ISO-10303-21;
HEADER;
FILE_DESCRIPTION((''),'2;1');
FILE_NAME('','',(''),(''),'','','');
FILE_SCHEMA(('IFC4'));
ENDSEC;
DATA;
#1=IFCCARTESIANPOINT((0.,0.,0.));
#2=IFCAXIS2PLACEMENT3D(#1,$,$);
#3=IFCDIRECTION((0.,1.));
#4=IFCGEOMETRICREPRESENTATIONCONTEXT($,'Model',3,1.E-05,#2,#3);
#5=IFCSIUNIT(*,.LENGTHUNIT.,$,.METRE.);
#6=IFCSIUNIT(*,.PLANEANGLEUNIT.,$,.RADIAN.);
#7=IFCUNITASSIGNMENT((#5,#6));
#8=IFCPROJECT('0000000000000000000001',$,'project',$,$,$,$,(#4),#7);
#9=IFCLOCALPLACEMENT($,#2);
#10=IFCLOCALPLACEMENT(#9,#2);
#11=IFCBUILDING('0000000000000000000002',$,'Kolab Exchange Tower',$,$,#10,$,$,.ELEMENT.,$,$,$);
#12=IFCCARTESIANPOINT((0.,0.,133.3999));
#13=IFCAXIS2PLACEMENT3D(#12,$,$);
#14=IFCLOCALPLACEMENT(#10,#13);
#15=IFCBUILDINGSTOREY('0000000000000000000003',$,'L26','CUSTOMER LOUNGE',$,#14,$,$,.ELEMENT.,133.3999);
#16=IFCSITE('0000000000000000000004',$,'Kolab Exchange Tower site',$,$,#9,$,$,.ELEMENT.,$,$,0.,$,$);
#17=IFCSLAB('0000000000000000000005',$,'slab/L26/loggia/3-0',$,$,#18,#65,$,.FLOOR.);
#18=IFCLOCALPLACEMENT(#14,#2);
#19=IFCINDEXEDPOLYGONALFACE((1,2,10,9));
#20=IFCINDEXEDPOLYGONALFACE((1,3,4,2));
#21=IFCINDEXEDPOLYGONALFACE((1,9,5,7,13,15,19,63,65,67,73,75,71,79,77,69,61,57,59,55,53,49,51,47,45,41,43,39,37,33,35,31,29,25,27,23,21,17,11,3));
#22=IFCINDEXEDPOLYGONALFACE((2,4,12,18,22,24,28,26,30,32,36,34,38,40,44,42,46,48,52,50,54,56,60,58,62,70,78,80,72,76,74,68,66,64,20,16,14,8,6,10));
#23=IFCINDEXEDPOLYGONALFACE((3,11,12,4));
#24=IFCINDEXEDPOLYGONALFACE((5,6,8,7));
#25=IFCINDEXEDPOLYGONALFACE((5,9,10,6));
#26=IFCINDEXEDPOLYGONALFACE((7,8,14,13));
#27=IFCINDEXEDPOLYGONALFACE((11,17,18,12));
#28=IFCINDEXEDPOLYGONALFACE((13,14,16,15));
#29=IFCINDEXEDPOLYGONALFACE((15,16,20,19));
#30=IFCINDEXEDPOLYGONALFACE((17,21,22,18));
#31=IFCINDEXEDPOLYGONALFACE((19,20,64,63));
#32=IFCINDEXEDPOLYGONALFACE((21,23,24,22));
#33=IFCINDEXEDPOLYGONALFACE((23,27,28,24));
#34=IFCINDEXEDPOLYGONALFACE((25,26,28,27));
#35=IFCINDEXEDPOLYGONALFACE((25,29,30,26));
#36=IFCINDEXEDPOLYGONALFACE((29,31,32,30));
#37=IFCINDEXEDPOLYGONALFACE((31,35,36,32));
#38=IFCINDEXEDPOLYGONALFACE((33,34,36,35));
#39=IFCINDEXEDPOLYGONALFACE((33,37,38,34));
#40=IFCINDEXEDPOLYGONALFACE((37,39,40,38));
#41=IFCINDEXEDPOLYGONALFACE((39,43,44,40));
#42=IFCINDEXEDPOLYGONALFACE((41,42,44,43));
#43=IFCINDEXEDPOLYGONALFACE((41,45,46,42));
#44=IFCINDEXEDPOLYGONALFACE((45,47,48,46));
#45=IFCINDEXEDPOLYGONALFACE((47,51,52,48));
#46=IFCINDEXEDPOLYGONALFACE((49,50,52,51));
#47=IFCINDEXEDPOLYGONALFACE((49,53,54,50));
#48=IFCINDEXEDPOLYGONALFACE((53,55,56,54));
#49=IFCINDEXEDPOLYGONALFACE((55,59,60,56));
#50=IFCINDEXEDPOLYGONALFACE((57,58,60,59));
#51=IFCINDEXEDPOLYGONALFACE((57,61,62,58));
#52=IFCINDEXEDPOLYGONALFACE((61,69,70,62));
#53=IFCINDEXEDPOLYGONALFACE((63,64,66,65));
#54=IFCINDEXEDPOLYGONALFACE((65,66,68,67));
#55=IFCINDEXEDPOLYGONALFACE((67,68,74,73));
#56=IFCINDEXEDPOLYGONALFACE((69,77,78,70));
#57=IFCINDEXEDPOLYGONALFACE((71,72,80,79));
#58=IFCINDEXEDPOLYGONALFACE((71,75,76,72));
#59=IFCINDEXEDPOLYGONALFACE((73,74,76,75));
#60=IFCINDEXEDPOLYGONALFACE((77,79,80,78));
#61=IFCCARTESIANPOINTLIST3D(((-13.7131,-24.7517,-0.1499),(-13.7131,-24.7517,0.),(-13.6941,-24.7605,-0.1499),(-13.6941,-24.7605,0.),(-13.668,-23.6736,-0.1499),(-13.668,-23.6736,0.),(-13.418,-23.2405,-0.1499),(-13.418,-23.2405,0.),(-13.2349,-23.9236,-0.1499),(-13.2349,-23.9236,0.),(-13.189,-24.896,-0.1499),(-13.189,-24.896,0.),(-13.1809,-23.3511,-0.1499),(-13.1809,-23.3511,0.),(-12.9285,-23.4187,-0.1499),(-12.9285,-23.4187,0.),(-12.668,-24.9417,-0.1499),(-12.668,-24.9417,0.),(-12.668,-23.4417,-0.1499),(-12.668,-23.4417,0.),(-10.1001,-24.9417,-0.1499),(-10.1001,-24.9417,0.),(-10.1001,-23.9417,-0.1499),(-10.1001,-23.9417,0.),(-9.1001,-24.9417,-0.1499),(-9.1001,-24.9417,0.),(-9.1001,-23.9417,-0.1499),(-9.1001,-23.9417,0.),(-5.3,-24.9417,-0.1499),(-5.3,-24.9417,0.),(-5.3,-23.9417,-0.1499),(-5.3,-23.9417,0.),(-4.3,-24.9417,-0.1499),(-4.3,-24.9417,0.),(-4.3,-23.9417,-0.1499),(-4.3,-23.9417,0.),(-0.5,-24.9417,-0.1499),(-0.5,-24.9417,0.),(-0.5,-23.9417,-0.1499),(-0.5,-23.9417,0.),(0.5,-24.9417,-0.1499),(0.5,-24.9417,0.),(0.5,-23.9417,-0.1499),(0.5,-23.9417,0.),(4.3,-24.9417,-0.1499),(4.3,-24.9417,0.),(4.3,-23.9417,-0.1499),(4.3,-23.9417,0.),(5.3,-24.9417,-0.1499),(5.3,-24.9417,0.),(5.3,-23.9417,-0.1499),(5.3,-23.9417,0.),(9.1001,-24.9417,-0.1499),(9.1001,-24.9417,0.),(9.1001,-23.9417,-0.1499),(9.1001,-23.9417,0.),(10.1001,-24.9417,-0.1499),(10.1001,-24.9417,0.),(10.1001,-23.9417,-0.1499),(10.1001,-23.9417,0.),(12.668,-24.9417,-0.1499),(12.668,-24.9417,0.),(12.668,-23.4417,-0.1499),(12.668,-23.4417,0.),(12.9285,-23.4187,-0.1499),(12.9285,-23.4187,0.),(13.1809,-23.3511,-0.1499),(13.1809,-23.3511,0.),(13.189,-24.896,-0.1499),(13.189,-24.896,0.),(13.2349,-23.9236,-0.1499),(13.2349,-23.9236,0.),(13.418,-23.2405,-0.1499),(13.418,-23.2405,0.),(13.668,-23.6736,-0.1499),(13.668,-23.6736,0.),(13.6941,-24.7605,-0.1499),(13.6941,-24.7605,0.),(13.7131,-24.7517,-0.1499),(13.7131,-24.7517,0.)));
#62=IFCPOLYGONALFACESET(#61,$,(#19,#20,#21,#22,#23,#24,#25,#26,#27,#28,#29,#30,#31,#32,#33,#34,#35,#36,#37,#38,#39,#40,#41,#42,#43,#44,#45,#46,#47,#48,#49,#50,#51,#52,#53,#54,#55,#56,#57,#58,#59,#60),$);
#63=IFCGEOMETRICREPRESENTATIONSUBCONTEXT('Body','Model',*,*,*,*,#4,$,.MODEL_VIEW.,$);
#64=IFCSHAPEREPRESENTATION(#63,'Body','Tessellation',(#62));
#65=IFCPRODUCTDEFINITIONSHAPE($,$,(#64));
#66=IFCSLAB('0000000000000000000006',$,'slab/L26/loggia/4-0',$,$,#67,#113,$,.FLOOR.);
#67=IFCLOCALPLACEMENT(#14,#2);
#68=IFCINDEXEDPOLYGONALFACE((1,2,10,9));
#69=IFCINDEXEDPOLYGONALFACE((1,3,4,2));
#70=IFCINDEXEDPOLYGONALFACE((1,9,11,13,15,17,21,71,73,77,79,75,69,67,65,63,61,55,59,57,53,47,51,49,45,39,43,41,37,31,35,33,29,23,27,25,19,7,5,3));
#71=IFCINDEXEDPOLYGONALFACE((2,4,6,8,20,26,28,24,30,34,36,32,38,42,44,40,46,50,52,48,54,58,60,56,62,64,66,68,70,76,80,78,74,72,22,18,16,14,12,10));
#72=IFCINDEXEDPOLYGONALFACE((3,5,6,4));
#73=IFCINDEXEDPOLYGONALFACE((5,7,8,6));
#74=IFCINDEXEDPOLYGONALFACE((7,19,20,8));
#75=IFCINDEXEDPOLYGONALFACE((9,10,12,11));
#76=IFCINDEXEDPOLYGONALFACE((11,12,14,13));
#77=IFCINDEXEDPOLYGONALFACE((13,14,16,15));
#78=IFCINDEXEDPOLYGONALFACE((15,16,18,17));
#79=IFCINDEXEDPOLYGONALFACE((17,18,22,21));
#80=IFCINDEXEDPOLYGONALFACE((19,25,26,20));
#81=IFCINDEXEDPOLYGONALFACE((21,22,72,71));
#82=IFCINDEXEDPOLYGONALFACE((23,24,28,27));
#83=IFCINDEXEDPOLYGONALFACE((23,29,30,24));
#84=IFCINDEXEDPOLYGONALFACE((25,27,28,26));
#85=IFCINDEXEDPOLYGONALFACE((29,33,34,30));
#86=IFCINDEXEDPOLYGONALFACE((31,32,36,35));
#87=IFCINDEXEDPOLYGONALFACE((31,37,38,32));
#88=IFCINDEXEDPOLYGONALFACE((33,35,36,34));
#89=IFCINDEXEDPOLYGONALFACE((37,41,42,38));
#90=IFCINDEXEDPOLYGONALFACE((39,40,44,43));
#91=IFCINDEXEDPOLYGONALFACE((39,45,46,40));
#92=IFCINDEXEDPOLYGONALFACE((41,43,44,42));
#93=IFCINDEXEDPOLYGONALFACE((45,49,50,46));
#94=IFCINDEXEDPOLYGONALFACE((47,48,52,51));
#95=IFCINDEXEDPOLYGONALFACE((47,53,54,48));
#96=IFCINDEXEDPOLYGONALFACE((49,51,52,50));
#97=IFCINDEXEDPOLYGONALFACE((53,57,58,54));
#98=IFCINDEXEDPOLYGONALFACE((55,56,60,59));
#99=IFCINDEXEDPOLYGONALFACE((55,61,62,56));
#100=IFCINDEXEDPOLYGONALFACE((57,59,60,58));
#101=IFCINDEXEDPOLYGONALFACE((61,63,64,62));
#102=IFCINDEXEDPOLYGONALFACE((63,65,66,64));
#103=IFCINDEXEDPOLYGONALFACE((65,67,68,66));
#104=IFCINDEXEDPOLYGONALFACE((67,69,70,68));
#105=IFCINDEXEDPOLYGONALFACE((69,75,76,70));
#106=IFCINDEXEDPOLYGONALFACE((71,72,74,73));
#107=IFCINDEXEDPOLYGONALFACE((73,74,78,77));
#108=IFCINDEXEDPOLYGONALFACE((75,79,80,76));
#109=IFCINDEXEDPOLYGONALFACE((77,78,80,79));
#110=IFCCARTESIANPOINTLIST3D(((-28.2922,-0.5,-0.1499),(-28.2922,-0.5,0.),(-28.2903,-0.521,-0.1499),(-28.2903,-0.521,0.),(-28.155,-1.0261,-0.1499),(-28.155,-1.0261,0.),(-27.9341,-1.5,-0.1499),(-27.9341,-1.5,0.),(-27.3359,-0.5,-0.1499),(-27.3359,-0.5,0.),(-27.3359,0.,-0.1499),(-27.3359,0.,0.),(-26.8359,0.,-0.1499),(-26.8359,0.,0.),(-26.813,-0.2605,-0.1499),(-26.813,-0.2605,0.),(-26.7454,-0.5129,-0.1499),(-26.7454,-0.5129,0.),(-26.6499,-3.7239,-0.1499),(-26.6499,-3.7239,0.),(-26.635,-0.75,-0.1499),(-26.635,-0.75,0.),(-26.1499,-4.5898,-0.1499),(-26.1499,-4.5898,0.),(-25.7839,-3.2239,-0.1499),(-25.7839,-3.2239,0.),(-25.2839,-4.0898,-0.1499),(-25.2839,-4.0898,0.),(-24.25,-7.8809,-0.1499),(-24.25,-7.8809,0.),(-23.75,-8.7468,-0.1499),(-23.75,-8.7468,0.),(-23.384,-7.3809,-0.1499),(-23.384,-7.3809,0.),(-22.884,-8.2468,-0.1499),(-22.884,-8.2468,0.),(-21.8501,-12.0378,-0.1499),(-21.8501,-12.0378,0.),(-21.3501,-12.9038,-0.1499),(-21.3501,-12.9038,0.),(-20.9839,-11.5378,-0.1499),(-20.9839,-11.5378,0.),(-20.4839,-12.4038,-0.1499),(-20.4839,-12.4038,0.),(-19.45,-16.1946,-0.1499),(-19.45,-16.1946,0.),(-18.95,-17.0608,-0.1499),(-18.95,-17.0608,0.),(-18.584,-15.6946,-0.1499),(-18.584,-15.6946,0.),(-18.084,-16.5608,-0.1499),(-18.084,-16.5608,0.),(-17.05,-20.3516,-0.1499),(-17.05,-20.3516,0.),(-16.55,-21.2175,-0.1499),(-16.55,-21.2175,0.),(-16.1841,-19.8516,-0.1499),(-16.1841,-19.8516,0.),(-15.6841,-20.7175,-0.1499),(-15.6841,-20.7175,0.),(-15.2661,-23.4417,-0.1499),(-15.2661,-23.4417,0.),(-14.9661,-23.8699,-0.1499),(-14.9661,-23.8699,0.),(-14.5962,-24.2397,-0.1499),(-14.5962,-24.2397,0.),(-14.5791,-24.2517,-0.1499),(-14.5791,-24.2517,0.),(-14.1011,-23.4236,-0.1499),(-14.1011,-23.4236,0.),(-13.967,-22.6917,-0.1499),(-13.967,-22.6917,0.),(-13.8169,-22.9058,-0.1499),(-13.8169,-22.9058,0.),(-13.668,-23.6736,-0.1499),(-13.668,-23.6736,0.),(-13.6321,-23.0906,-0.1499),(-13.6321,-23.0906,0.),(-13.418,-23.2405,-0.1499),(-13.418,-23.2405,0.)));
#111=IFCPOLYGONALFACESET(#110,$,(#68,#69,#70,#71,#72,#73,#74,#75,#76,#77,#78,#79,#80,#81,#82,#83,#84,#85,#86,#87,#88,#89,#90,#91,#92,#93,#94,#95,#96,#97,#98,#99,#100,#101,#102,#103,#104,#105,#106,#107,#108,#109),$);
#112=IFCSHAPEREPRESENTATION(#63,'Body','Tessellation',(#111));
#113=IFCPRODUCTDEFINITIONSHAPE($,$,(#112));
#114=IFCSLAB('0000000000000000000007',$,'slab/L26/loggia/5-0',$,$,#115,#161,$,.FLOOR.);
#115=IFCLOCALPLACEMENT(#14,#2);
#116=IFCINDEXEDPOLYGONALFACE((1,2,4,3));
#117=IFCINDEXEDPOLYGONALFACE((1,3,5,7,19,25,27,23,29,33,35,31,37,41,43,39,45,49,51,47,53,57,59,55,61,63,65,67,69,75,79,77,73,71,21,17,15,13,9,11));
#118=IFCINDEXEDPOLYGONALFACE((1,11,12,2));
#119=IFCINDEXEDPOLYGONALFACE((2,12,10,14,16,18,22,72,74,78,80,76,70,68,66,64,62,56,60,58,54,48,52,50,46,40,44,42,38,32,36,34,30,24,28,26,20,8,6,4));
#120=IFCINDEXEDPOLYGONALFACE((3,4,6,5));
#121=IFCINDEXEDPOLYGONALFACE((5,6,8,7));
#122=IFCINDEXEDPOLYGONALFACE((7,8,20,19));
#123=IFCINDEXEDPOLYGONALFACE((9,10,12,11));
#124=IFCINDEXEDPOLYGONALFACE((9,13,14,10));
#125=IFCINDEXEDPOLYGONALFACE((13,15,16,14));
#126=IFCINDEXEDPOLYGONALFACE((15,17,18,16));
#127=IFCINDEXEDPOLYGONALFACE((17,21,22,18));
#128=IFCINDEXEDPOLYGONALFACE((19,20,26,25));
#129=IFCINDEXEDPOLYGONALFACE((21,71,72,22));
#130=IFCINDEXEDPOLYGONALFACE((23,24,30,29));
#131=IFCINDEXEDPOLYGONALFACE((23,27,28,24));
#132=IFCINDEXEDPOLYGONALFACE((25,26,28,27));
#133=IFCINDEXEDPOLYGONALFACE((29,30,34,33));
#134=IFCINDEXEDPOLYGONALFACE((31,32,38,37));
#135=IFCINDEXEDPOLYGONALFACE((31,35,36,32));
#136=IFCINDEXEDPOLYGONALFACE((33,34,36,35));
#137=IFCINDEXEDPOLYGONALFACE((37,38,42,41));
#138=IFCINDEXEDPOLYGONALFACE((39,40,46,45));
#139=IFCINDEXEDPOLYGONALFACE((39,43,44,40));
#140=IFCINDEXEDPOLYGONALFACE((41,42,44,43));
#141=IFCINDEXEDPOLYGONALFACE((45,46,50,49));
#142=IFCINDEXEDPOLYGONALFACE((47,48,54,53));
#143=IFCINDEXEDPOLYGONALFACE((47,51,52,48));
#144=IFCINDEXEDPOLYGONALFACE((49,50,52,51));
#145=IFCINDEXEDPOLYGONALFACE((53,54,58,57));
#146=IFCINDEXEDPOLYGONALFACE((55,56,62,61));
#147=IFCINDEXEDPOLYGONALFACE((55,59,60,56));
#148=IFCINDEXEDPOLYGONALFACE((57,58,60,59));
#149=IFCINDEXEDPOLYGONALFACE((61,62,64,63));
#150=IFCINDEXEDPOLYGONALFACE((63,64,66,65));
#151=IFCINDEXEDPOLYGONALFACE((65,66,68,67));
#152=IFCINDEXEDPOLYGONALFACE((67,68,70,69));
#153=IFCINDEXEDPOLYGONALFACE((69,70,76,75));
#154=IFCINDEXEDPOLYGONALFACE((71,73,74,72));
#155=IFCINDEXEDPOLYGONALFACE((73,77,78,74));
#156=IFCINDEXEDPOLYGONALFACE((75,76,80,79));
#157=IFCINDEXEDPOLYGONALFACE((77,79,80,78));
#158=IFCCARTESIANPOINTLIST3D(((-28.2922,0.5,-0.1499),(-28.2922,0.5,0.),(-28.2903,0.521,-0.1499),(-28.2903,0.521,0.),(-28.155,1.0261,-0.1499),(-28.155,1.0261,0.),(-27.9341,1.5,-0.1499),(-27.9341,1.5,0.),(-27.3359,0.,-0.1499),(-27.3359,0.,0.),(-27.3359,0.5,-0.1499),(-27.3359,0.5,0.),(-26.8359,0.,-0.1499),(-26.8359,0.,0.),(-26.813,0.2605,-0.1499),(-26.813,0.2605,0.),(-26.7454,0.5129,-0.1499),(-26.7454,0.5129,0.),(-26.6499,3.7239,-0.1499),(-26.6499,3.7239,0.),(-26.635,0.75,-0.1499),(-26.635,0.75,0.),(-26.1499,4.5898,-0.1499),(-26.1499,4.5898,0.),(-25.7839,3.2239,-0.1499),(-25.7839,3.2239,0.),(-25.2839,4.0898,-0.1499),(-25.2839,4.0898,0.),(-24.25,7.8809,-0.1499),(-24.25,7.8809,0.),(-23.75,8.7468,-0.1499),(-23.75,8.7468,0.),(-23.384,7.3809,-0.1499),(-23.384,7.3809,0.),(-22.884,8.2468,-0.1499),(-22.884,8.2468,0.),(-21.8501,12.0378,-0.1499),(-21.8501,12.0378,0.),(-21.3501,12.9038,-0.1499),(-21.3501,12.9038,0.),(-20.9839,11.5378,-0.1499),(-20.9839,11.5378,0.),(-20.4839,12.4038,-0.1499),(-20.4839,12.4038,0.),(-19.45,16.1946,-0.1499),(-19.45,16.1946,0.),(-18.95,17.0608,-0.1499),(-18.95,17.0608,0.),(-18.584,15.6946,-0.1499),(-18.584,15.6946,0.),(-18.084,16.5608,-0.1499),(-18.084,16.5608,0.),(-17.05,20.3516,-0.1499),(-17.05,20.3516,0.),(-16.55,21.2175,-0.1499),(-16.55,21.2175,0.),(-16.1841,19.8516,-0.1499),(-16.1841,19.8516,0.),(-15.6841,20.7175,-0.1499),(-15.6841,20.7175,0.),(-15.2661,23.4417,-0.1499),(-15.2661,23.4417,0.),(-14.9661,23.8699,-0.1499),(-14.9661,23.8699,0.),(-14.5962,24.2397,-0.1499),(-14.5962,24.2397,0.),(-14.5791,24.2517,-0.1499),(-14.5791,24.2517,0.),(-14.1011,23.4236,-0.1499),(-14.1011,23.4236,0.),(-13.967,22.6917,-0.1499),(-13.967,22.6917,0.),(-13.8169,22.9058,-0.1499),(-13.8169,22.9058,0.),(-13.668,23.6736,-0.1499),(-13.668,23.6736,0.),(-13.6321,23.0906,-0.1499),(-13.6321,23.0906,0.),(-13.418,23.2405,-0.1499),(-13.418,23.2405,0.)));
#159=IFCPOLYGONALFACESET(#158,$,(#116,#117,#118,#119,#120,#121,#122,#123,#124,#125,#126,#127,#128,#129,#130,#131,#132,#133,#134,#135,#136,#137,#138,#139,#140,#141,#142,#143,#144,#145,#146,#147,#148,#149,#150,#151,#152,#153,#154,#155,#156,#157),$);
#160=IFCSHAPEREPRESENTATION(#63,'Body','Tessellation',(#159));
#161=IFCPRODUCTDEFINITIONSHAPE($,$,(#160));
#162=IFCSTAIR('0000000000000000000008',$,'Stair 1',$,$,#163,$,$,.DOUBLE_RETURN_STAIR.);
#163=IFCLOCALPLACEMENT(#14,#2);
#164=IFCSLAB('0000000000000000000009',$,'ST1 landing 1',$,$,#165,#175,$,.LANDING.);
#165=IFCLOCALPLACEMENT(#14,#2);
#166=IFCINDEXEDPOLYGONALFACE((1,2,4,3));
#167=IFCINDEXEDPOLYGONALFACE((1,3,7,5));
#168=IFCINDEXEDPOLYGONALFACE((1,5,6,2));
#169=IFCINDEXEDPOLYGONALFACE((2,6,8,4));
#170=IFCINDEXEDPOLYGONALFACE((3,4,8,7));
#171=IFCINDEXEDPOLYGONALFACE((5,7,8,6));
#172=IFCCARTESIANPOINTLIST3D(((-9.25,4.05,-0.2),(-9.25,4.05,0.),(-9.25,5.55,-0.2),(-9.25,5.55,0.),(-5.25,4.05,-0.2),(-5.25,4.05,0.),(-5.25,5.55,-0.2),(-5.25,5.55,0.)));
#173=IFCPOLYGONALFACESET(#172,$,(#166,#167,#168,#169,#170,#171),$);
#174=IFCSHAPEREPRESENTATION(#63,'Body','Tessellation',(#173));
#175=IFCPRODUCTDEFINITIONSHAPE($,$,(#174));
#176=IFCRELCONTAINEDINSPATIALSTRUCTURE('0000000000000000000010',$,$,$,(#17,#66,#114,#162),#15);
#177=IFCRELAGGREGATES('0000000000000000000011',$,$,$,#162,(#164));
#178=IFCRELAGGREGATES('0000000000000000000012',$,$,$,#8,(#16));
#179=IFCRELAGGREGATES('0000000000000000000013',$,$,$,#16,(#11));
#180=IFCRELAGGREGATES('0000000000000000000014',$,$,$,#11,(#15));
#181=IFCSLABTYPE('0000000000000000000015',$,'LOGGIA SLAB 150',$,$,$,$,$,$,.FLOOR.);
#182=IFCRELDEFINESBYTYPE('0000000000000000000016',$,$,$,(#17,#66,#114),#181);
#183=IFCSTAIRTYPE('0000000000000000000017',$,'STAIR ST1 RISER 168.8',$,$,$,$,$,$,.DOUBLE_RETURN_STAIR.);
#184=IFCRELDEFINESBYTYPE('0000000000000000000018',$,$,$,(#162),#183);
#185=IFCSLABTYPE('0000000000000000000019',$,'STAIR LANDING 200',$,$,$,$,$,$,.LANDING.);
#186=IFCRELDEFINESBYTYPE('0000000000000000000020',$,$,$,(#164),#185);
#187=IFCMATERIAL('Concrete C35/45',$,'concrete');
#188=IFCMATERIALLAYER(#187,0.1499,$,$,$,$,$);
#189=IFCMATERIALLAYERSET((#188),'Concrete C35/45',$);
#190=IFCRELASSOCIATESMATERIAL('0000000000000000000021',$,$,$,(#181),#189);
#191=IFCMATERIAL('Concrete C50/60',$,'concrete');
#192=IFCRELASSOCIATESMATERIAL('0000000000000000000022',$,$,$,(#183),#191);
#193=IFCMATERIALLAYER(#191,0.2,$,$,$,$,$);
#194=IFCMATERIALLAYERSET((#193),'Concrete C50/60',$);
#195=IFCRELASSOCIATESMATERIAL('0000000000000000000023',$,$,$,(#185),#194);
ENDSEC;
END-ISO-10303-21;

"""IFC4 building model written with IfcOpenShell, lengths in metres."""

from ifc_helpers import new_model, si_unit, direction, frame, origin, place, context, subcontext, project, spatial, polyline, outline, extrude, material, layer, layer_set, type_object, element, aggregate, save


model = new_model("IFC4")

# Units and contexts
model_context = context("Model", 3, precision=1e-05, world=origin(), true_north=direction((0.0, 1.0)))
body_context = subcontext(model_context, "Body", "Model", "MODEL_VIEW")
ifc_project = project(units=[si_unit("LENGTHUNIT", "METRE"), si_unit("PLANEANGLEUNIT", "RADIAN")], contexts=[model_context])

# Site, building, storey
site_placement = place(None, origin())
site = spatial("IfcSite", under=ifc_project, at=site_placement, Name="Kolab Exchange Tower site", CompositionType="ELEMENT", RefElevation=0.0)
building_placement = place(site_placement, origin())
building = spatial("IfcBuilding", under=site, at=building_placement, Name="Kolab Exchange Tower", CompositionType="ELEMENT")
storey_placement = place(building_placement, frame((0.0, 0.0, 133.3999)))
storey = spatial("IfcBuildingStorey", under=building, at=storey_placement, Name="L26", Description="CUSTOMER LOUNGE", CompositionType="ELEMENT", Elevation=133.3999)

# Slabs
ifc_material_1 = material(Name="Concrete C35/45", Category="concrete")
ifc_layer_1 = layer(ifc_material_1, 0.1499)
ifc_layer_set_1 = layer_set([ifc_layer_1], Name="Concrete C35/45")
slab_type_1 = type_object("IfcSlabType", Name="LOGGIA SLAB 150", PredefinedType="FLOOR", material=ifc_layer_set_1)
slab_1_placement = place(storey_placement, frame((0.0, 0.0, -0.1499)))
element("IfcSlab", 1, at=slab_1_placement, inside=storey, type_object=slab_type_1, Name="slab/L26/loggia/3-0", PredefinedType="FLOOR", context=body_context, shape_type="SweptSolid", body=[
    extrude(outline(polyline([(-13.418, -23.2405), (-13.668, -23.6736), (-13.2349, -23.9236), (-13.7131, -24.7517), (-13.6941, -24.7605), (-13.189, -24.896), (-12.668, -24.9417), (-10.1001, -24.9417), (-10.1001, -23.9417), (-9.1001, -23.9417), (-9.1001, -24.9417), (-5.3, -24.9417), (-5.3, -23.9417), (-4.3, -23.9417), (-4.3, -24.9417), (-0.5, -24.9417), (-0.5, -23.9417), (0.5, -23.9417), (0.5, -24.9417), (4.3, -24.9417), (4.3, -23.9417), (5.3, -23.9417), (5.3, -24.9417), (9.1001, -24.9417), (9.1001, -23.9417), (10.1001, -23.9417), (10.1001, -24.9417), (12.668, -24.9417), (13.189, -24.896), (13.6941, -24.7605), (13.7131, -24.7517), (13.2349, -23.9236), (13.668, -23.6736), (13.418, -23.2405), (13.1809, -23.3511), (12.9285, -23.4187), (12.668, -23.4417), (-12.668, -23.4417), (-12.9285, -23.4187), (-13.1809, -23.3511), (-13.418, -23.2405)])), origin(), (0.0, 0.0, 1.0), 0.1499),
])
slab_2_placement = place(storey_placement, frame((0.0, 0.0, -0.1499)))
element("IfcSlab", 2, at=slab_2_placement, inside=storey, type_object=slab_type_1, Name="slab/L26/loggia/4-0", PredefinedType="FLOOR", context=body_context, shape_type="SweptSolid", body=[
    extrude(outline(polyline([(-26.8359, 0.0), (-27.3359, 0.0), (-27.3359, -0.5), (-28.2922, -0.5), (-28.2903, -0.521), (-28.155, -1.0261), (-27.9341, -1.5), (-26.6499, -3.7239), (-25.7839, -3.2239), (-25.2839, -4.0898), (-26.1499, -4.5898), (-24.25, -7.8809), (-23.384, -7.3809), (-22.884, -8.2468), (-23.75, -8.7468), (-21.8501, -12.0378), (-20.9839, -11.5378), (-20.4839, -12.4038), (-21.3501, -12.9038), (-19.45, -16.1946), (-18.584, -15.6946), (-18.084, -16.5608), (-18.95, -17.0608), (-17.05, -20.3516), (-16.1841, -19.8516), (-15.6841, -20.7175), (-16.55, -21.2175), (-15.2661, -23.4417), (-14.9661, -23.8699), (-14.5962, -24.2397), (-14.5791, -24.2517), (-14.1011, -23.4236), (-13.668, -23.6736), (-13.418, -23.2405), (-13.6321, -23.0906), (-13.8169, -22.9058), (-13.967, -22.6917), (-26.635, -0.75), (-26.7454, -0.5129), (-26.813, -0.2605), (-26.8359, 0.0)])), origin(), (0.0, 0.0, 1.0), 0.1499),
])
slab_3_placement = place(storey_placement, frame((0.0, 0.0, -0.1499)))
element("IfcSlab", 3, at=slab_3_placement, inside=storey, type_object=slab_type_1, Name="slab/L26/loggia/5-0", PredefinedType="FLOOR", context=body_context, shape_type="SweptSolid", body=[
    extrude(outline(polyline([(-13.418, 23.2405), (-13.668, 23.6736), (-14.1011, 23.4236), (-14.5791, 24.2517), (-14.5962, 24.2397), (-14.9661, 23.8699), (-15.2661, 23.4417), (-16.55, 21.2175), (-15.6841, 20.7175), (-16.1841, 19.8516), (-17.05, 20.3516), (-18.95, 17.0608), (-18.084, 16.5608), (-18.584, 15.6946), (-19.45, 16.1946), (-21.3501, 12.9038), (-20.4839, 12.4038), (-20.9839, 11.5378), (-21.8501, 12.0378), (-23.75, 8.7468), (-22.884, 8.2468), (-23.384, 7.3809), (-24.25, 7.8809), (-26.1499, 4.5898), (-25.2839, 4.0898), (-25.7839, 3.2239), (-26.6499, 3.7239), (-27.9341, 1.5), (-28.155, 1.0261), (-28.2903, 0.521), (-28.2922, 0.5), (-27.3359, 0.5), (-27.3359, 0.0), (-26.8359, 0.0), (-26.813, 0.2605), (-26.7454, 0.5129), (-26.635, 0.75), (-13.967, 22.6917), (-13.8169, 22.9058), (-13.6321, 23.0906), (-13.418, 23.2405)])), origin(), (0.0, 0.0, 1.0), 0.1499),
])

# Stair, slab
ifc_material_2 = material(Name="Concrete C50/60", Category="concrete")
stair_type_1 = type_object("IfcStairType", Name="STAIR ST1 RISER 168.8", PredefinedType="DOUBLE_RETURN_STAIR", material=ifc_material_2)
stair_1_placement = place(storey_placement, origin())
stair_1 = element("IfcStair", 4, at=stair_1_placement, inside=storey, type_object=stair_type_1, Name="Stair 1", PredefinedType="DOUBLE_RETURN_STAIR")
ifc_layer_2 = layer(ifc_material_2, 0.2)
ifc_layer_set_2 = layer_set([ifc_layer_2], Name="Concrete C50/60")
slab_type_2 = type_object("IfcSlabType", Name="STAIR LANDING 200", PredefinedType="LANDING", material=ifc_layer_set_2)
slab_4_placement = place(storey_placement, frame((0.0, 0.0, -0.2)))
slab_4 = element("IfcSlab", 5, at=slab_4_placement, type_object=slab_type_2, Name="ST1 landing 1", PredefinedType="LANDING", context=body_context, shape_type="SweptSolid", body=[
    extrude(outline(polyline([(-9.25, 4.05), (-5.25, 4.05), (-5.25, 5.55), (-9.25, 5.55), (-9.25, 4.05)])), origin(), (0.0, 0.0, 1.0), 0.2),
])
aggregate(stair_1, [slab_4])

save(model, "model.ifc")
